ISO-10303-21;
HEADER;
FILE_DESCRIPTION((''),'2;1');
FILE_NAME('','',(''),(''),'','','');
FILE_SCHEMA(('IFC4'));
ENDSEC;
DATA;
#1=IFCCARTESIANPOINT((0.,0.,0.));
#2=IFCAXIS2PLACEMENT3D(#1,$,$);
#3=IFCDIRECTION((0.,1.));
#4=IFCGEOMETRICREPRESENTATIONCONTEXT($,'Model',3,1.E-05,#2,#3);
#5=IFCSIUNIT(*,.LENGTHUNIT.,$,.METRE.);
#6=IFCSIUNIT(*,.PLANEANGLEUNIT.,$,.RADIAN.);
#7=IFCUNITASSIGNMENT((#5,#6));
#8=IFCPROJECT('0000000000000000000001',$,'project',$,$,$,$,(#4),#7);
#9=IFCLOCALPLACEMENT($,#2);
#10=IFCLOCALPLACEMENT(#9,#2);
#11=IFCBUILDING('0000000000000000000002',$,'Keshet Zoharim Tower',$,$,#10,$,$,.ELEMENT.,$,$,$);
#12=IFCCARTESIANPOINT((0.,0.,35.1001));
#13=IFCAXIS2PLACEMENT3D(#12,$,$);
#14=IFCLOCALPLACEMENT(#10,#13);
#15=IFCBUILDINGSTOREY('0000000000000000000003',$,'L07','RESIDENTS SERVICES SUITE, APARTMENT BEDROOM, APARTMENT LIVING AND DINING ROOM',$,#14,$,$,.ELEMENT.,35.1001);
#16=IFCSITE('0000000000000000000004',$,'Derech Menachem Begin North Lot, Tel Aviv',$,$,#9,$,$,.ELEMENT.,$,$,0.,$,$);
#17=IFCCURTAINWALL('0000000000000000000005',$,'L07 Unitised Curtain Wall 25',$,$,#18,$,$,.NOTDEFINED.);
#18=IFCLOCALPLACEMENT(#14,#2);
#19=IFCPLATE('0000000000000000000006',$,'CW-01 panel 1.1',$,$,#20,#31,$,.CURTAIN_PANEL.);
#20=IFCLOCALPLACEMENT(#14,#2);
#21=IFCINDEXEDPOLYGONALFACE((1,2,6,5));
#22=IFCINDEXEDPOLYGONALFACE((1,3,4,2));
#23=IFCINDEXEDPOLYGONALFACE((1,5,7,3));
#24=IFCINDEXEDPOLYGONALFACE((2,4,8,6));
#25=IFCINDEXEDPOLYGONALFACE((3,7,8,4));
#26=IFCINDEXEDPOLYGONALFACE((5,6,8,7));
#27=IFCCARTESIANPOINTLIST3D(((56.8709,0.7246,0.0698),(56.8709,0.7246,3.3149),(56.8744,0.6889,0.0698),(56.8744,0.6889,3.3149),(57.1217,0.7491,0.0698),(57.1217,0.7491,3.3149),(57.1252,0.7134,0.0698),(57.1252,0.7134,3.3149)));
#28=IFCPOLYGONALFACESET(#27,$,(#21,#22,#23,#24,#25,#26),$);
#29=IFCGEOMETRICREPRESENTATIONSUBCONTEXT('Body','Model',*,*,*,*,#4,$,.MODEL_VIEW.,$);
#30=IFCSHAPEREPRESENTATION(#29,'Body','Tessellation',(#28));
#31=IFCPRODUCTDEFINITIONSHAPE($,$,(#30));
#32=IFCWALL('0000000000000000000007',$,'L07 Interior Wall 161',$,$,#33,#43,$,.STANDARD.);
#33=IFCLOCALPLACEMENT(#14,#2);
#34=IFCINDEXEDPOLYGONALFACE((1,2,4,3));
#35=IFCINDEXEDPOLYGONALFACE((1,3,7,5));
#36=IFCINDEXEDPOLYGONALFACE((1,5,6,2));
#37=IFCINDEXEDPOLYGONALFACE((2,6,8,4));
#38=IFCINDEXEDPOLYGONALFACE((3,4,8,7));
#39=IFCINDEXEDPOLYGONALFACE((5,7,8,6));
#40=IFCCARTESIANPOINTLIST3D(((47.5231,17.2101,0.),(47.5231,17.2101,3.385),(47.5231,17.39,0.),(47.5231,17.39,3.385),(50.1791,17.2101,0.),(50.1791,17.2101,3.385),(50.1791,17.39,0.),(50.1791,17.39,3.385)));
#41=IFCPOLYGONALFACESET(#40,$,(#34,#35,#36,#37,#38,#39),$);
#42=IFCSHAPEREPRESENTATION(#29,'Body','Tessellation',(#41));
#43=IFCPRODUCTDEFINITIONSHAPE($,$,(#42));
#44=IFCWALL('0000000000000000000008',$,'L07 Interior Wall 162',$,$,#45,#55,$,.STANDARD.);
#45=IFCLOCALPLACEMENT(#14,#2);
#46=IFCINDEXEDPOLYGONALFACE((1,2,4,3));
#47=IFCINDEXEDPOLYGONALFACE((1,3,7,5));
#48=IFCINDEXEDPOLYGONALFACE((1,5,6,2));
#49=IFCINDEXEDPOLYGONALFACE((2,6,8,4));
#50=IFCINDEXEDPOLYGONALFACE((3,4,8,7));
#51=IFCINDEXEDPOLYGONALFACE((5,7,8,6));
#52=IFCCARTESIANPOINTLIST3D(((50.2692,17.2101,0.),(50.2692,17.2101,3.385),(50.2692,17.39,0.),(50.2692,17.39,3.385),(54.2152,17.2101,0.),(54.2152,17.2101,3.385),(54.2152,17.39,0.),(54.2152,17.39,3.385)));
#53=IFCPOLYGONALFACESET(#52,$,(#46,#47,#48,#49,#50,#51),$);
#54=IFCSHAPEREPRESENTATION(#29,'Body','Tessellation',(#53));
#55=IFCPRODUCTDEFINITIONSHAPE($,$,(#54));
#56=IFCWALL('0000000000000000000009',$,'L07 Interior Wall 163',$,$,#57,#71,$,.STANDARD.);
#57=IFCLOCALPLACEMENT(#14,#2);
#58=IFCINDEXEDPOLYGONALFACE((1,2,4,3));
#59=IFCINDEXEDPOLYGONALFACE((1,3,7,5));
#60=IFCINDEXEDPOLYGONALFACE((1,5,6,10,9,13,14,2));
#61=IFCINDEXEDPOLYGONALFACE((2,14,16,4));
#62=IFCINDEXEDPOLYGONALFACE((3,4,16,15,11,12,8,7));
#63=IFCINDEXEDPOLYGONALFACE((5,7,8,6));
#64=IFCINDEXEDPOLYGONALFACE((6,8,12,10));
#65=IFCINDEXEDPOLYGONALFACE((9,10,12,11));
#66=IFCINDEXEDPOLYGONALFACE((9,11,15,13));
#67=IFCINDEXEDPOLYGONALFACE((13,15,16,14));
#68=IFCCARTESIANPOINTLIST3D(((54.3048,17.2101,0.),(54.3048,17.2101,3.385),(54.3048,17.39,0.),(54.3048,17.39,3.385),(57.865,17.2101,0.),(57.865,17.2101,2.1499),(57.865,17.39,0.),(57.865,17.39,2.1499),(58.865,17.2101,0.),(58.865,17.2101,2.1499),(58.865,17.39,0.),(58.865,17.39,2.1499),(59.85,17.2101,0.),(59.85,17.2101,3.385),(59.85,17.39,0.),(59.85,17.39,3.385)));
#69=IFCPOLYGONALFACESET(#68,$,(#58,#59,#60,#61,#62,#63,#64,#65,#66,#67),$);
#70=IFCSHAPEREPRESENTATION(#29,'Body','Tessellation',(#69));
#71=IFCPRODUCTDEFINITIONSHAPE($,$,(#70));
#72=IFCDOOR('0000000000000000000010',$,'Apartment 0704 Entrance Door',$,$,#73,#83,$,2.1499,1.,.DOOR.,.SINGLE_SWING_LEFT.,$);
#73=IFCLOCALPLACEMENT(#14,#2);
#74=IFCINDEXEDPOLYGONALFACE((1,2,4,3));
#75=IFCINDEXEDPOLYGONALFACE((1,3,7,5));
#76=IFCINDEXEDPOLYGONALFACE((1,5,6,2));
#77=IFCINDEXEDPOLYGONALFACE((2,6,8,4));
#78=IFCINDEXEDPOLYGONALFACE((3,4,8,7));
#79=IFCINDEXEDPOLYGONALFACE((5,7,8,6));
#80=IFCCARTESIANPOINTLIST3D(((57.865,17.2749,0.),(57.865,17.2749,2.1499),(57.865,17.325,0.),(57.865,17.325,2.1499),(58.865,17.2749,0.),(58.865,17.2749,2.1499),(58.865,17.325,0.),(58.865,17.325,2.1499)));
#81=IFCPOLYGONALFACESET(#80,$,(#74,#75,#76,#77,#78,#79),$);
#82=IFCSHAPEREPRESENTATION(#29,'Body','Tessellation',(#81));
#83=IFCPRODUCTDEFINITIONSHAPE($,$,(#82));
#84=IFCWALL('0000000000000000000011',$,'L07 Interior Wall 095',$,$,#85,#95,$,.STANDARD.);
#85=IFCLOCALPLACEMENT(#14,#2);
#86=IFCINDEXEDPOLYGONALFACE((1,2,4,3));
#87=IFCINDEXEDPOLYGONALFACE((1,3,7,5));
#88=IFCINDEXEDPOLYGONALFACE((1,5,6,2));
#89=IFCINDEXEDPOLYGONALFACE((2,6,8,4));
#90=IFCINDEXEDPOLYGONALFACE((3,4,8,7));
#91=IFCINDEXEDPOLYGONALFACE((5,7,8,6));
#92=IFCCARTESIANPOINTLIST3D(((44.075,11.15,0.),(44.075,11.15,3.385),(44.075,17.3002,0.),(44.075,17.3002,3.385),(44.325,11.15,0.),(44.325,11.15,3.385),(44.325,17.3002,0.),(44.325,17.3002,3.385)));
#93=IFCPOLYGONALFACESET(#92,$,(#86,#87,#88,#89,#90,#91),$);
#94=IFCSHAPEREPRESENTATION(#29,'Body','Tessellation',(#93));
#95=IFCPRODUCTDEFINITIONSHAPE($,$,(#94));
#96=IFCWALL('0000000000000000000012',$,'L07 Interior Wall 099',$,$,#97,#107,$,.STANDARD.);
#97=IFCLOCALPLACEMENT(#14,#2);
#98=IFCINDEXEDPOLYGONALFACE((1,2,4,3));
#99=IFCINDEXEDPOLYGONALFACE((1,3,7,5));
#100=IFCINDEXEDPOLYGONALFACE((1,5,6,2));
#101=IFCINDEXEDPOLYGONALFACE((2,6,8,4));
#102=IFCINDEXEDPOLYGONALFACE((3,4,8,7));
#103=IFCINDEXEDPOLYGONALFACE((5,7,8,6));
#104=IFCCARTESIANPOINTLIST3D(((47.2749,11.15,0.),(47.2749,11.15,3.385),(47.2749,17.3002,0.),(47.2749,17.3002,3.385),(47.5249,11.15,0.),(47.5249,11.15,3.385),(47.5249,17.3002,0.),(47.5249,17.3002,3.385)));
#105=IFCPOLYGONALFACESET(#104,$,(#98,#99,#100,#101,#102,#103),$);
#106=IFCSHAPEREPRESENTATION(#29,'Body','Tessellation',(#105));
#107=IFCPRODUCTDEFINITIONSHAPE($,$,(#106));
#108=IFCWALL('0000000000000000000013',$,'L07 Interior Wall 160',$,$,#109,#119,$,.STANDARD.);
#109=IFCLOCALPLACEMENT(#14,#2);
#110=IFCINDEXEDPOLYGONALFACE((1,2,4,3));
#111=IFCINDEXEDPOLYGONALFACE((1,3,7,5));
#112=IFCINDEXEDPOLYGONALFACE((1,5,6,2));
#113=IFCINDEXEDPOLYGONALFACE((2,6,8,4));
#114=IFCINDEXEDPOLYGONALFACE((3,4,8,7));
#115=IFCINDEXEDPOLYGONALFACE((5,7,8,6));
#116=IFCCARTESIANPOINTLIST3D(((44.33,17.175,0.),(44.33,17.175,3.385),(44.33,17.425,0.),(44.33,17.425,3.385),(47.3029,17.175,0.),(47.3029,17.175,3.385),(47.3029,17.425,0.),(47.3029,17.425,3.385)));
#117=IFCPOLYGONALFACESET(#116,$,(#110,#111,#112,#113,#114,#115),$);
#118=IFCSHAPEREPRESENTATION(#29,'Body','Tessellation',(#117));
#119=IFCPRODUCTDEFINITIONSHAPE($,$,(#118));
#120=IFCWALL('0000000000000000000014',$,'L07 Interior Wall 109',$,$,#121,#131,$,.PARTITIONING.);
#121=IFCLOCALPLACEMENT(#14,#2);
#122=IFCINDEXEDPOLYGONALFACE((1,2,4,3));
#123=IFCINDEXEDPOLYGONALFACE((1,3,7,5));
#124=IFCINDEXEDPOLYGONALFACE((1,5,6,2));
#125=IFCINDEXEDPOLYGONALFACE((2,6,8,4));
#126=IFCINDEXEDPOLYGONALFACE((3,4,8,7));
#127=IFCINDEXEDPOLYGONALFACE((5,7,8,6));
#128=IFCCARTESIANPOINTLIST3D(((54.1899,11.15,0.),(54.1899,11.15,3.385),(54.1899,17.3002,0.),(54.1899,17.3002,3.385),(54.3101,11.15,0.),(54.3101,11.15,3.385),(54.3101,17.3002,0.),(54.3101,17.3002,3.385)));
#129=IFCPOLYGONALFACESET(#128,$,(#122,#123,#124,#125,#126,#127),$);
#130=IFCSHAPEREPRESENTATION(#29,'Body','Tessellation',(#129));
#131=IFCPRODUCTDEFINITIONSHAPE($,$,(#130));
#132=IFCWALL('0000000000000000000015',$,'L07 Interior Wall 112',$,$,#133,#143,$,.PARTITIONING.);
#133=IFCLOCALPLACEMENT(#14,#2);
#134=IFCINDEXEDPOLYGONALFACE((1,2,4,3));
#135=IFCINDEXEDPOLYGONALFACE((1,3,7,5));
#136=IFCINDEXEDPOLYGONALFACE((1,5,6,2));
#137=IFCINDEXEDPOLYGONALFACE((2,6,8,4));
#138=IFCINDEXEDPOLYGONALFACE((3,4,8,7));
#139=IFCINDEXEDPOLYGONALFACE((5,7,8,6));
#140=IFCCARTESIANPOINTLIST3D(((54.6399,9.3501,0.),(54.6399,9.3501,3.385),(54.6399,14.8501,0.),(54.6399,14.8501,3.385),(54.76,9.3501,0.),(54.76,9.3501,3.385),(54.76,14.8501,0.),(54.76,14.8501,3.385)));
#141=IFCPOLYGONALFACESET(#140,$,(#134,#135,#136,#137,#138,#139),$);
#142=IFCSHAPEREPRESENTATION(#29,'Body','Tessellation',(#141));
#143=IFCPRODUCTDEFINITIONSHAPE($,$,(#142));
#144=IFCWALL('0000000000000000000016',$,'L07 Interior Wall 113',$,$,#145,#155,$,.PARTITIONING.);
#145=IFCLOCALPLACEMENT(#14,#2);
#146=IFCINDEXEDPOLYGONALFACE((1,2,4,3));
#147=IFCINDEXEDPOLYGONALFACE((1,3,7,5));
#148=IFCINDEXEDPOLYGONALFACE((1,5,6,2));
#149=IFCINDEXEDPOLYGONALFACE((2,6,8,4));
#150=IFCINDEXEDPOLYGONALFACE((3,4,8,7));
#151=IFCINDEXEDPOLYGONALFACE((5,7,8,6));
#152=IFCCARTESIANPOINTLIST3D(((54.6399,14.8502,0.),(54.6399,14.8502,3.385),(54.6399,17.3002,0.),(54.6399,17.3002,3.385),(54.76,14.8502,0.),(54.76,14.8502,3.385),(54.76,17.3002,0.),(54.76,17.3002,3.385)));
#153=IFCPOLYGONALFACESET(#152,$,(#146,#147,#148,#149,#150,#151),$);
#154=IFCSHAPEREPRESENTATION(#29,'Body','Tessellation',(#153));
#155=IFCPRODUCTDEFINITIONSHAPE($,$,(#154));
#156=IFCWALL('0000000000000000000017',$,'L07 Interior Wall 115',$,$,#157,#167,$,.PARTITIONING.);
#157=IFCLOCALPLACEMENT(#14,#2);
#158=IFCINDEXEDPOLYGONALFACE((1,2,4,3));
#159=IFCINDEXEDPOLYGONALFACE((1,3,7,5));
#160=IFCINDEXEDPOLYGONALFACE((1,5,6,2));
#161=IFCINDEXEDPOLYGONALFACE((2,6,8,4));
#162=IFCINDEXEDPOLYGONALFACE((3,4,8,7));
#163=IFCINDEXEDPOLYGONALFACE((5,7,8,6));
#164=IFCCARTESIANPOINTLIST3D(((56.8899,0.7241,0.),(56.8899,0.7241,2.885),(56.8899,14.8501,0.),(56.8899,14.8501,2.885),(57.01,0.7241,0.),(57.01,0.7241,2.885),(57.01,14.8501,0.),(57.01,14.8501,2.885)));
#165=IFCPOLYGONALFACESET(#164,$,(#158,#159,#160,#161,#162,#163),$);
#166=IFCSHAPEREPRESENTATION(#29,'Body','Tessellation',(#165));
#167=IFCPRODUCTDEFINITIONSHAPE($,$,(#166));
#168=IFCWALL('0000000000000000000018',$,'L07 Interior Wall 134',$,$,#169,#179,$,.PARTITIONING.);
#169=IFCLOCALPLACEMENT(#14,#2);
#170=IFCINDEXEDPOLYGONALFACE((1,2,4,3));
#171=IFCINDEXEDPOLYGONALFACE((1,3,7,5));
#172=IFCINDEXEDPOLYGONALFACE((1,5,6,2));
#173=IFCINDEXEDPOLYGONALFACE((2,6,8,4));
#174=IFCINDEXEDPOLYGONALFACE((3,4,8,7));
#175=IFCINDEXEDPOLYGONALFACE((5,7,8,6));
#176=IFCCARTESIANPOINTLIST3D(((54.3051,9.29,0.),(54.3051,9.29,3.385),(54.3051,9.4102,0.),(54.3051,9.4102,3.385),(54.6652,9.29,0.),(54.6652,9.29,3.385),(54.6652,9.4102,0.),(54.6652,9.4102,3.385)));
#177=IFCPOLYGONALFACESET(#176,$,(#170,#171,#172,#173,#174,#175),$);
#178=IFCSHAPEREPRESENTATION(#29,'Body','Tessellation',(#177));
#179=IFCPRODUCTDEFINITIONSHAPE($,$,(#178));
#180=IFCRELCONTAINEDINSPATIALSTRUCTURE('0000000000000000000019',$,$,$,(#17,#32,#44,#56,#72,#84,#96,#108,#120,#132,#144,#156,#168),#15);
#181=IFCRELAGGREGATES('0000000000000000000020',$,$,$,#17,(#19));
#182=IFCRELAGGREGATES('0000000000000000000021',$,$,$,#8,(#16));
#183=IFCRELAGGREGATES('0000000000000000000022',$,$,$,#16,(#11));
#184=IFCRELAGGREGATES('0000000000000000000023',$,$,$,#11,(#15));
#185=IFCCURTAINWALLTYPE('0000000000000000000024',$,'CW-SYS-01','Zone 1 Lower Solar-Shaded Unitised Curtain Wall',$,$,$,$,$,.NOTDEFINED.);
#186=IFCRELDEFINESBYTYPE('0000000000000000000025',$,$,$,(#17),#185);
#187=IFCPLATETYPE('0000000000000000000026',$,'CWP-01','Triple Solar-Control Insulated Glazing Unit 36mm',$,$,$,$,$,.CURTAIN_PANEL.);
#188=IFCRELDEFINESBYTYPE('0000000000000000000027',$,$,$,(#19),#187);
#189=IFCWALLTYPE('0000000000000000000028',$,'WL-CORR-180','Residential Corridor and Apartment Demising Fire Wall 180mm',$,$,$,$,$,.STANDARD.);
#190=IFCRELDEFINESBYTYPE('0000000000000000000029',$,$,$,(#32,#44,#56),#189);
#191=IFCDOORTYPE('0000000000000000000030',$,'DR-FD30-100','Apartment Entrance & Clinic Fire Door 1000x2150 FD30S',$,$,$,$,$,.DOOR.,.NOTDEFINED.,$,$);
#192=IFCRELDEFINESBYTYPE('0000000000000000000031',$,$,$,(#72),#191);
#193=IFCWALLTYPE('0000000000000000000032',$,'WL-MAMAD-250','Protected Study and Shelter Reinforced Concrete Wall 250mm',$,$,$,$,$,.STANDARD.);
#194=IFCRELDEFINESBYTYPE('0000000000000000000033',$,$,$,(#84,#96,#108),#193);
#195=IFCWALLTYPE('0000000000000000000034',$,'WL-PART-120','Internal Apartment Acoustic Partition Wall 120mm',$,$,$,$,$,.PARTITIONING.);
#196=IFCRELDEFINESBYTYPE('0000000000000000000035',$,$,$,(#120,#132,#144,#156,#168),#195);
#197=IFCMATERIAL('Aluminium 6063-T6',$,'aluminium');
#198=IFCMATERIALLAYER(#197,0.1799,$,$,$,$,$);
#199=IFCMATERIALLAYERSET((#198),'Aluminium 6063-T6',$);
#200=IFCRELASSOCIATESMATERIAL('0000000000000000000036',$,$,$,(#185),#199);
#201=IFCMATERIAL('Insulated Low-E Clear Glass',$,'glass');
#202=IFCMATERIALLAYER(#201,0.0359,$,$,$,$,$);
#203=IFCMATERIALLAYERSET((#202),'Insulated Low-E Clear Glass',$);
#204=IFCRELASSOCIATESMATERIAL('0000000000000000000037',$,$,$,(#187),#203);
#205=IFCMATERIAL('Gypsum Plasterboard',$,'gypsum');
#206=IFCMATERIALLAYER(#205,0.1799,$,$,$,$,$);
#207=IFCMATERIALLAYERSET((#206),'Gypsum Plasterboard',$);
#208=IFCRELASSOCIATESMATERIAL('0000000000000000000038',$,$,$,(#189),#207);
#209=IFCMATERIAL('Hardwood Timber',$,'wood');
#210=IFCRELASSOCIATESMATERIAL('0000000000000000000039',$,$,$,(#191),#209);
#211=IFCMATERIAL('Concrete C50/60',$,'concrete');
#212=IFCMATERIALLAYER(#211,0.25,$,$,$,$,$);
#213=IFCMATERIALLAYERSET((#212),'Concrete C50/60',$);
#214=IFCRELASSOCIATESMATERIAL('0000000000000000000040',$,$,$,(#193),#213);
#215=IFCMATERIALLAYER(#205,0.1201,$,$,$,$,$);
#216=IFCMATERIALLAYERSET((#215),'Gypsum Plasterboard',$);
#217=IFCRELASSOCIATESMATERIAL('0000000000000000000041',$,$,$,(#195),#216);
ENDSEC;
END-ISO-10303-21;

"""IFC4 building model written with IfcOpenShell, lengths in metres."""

from ifc_helpers import new_model, si_unit, direction, frame, frame_2d, origin, origin_2d, place, context, subcontext, project, spatial, rectangle, extrude, material, layer, layer_set, type_object, element, fill, aggregate, save


model = new_model("IFC4")

# Units and contexts
model_context = context("Model", 3, precision=1e-05, world=origin(), true_north=direction((0.0, 1.0)))
body_context = subcontext(model_context, "Body", "Model", "MODEL_VIEW")
ifc_project = project(units=[si_unit("LENGTHUNIT", "METRE"), si_unit("PLANEANGLEUNIT", "RADIAN")], contexts=[model_context])

# Site, building, storey
site_placement = place(None, origin())
site = spatial("IfcSite", under=ifc_project, at=site_placement, Name="Derech Menachem Begin North Lot, Tel Aviv", CompositionType="ELEMENT", RefElevation=0.0)
building_placement = place(site_placement, origin())
building = spatial("IfcBuilding", under=site, at=building_placement, Name="Keshet Zoharim Tower", CompositionType="ELEMENT")
storey_placement = place(building_placement, frame((0.0, 0.0, 35.1001)))
storey = spatial("IfcBuildingStorey", under=building, at=storey_placement, Name="L07", Description="RESIDENTS SERVICES SUITE, APARTMENT BEDROOM, APARTMENT LIVING AND DINING ROOM", CompositionType="ELEMENT", Elevation=35.1001)

# Curtain wall, plate
ifc_material_1 = material(Name="Aluminium 6063-T6", Category="aluminium")
ifc_layer_1 = layer(ifc_material_1, 0.1799)
ifc_layer_set_1 = layer_set([ifc_layer_1], Name="Aluminium 6063-T6")
curtain_wall_type = type_object("IfcCurtainWallType", Name="CW-SYS-01", Description="Zone 1 Lower Solar-Shaded Unitised Curtain Wall", PredefinedType="NOTDEFINED", material=ifc_layer_set_1)
curtain_wall_placement = place(storey_placement, origin())
curtain_wall = element("IfcCurtainWall", 1, at=curtain_wall_placement, inside=storey, type_object=curtain_wall_type, Name="L07 Unitised Curtain Wall 25", PredefinedType="NOTDEFINED")
ifc_material_2 = material(Name="Insulated Low-E Clear Glass", Category="glass")
ifc_layer_2 = layer(ifc_material_2, 0.0359)
ifc_layer_set_2 = layer_set([ifc_layer_2], Name="Insulated Low-E Clear Glass")
plate_type = type_object("IfcPlateType", Name="CWP-01", Description="Triple Solar-Control Insulated Glazing Unit 36mm", PredefinedType="CURTAIN_PANEL", material=ifc_layer_set_2)
plate_placement = place(storey_placement, frame((56.998, 0.719, 0.0698), z_axis=(0.0, 0.0, 1.0), x_axis=(-0.995287, -0.096977, 0.0)))
plate = element("IfcPlate", 2, at=plate_placement, type_object=plate_type, Name="CW-01 panel 1.1", PredefinedType="CURTAIN_PANEL", context=body_context, shape_type="SweptSolid", body=[
    extrude(rectangle(XDim=0.252, YDim=0.0359, at=origin_2d()), origin(), (0.0, 0.0, 1.0), 3.2451),
])
aggregate(curtain_wall, [plate])

# Walls
ifc_material_3 = material(Name="Gypsum Plasterboard", Category="gypsum")
ifc_layer_3 = layer(ifc_material_3, 0.1799)
ifc_layer_set_3 = layer_set([ifc_layer_3], Name="Gypsum Plasterboard")
wall_type_1 = type_object("IfcWallType", Name="WL-CORR-180", Description="Residential Corridor and Apartment Demising Fire Wall 180mm", PredefinedType="STANDARD", material=ifc_layer_set_3)
wall_1_placement = place(storey_placement, frame((47.5229, 17.3, 0.0), z_axis=(0.0, 0.0, 1.0), x_axis=(1.0, 0.0, 0.0)))
element("IfcWall", 3, at=wall_1_placement, inside=storey, type_object=wall_type_1, Name="L07 Interior Wall 161", PredefinedType="STANDARD", context=body_context, shape_type="SweptSolid", body=[
    extrude(rectangle(XDim=2.656, YDim=0.1799, at=frame_2d((1.3281, 0.0))), origin(), (0.0, 0.0, 1.0), 3.385),
])
wall_2_placement = place(storey_placement, frame((50.269, 17.3, 0.0), z_axis=(0.0, 0.0, 1.0), x_axis=(1.0, 0.0, 0.0)))
element("IfcWall", 4, at=wall_2_placement, inside=storey, type_object=wall_type_1, Name="L07 Interior Wall 162", PredefinedType="STANDARD", context=body_context, shape_type="SweptSolid", body=[
    extrude(rectangle(XDim=3.946, YDim=0.1799, at=frame_2d((1.9731, 0.0))), origin(), (0.0, 0.0, 1.0), 3.385),
])

# Wall, opening, door
wall_3_placement = place(storey_placement, frame((54.3049, 17.3, 0.0), z_axis=(0.0, 0.0, 1.0), x_axis=(1.0, 0.0, 0.0)))
wall_3 = element("IfcWall", 5, at=wall_3_placement, inside=storey, type_object=wall_type_1, Name="L07 Interior Wall 163", PredefinedType="STANDARD", context=body_context, shape_type="SweptSolid", body=[
    extrude(rectangle(XDim=5.5452, YDim=0.1799, at=frame_2d((2.7725, 0.0))), origin(), (0.0, 0.0, 1.0), 3.385),
])
opening_1_placement = place(wall_3_placement, frame((3.5601, 0.0, 0.0)))
opening_1 = element("IfcOpeningElement", 6, at=opening_1_placement, cuts=wall_3, PredefinedType="OPENING", context=body_context, shape_type="SweptSolid", body=[
    extrude(rectangle(XDim=1.0, YDim=2.1499, at=frame_2d((0.5, 1.075))), frame((0.0, 0.1001, 0.0), z_axis=(0.0, -1.0, 0.0), x_axis=(1.0, 0.0, 0.0)), (0.0, 0.0, 1.0), 0.2),
])
ifc_material_4 = material(Name="Hardwood Timber", Category="wood")
door_type_1 = type_object("IfcDoorType", Name="DR-FD30-100", Description="Apartment Entrance & Clinic Fire Door 1000x2150 FD30S", OperationType="NOTDEFINED", PredefinedType="DOOR", material=ifc_material_4)
door_1_placement = place(opening_1_placement, origin())
door_1 = element("IfcDoor", 7, at=door_1_placement, inside=storey, type_object=door_type_1, Name="Apartment 0704 Entrance Door", OperationType="SINGLE_SWING_LEFT", OverallHeight=2.1499, OverallWidth=1.0, PredefinedType="DOOR", context=body_context, shape_type="SweptSolid", body=[
    extrude(rectangle(XDim=1.0, YDim=2.1499, at=frame_2d((0.5, 1.075))), frame((0.0, 0.0249, 0.0), z_axis=(0.0, -1.0, 0.0), x_axis=(1.0, 0.0, 0.0)), (0.0, 0.0, 1.0), 0.05),
])
fill(opening_1, door_1)

# Walls
ifc_material_5 = material(Name="Concrete C50/60", Category="concrete")
ifc_layer_4 = layer(ifc_material_5, 0.25)
ifc_layer_set_4 = layer_set([ifc_layer_4], Name="Concrete C50/60")
wall_type_2 = type_object("IfcWallType", Name="WL-MAMAD-250", Description="Protected Study and Shelter Reinforced Concrete Wall 250mm", PredefinedType="STANDARD", material=ifc_layer_set_4)
for number, where, z_axis, x_axis, name in (
    (8, (44.2, 11.1499, 0.0), (0.0, 0.0, 1.0), (0.0, 1.0, 0.0), "L07 Interior Wall 095"),
    (9, (47.3999, 11.1499, 0.0), (0.0, 0.0, 1.0), (0.0, 1.0, 0.0), "L07 Interior Wall 099"),
):
    element("IfcWall", number, at=place(storey_placement, frame(where, z_axis=z_axis, x_axis=x_axis)), inside=storey, type_object=wall_type_2, Name=name, PredefinedType="STANDARD", context=body_context, shape_type="SweptSolid", body=[
        extrude(rectangle(XDim=6.1501, YDim=0.25, at=frame_2d((3.0752, 0.0))), origin(), (0.0, 0.0, 1.0), 3.385),
    ])

# Walls
wall_4_placement = place(storey_placement, frame((44.3301, 17.3, 0.0), z_axis=(0.0, 0.0, 1.0), x_axis=(1.0, 0.0, 0.0)))
element("IfcWall", 10, at=wall_4_placement, inside=storey, type_object=wall_type_2, Name="L07 Interior Wall 160", PredefinedType="STANDARD", context=body_context, shape_type="SweptSolid", body=[
    extrude(rectangle(XDim=2.9729, YDim=0.25, at=frame_2d((1.4863, 0.0))), origin(), (0.0, 0.0, 1.0), 3.385),
])
ifc_layer_5 = layer(ifc_material_3, 0.1201)
ifc_layer_set_5 = layer_set([ifc_layer_5], Name="Gypsum Plasterboard")
wall_type_3 = type_object("IfcWallType", Name="WL-PART-120", Description="Internal Apartment Acoustic Partition Wall 120mm", PredefinedType="PARTITIONING", material=ifc_layer_set_5)
wall_5_placement = place(storey_placement, frame((54.25, 11.1499, 0.0), z_axis=(0.0, 0.0, 1.0), x_axis=(0.0, 1.0, 0.0)))
element("IfcWall", 11, at=wall_5_placement, inside=storey, type_object=wall_type_3, Name="L07 Interior Wall 109", PredefinedType="PARTITIONING", context=body_context, shape_type="SweptSolid", body=[
    extrude(rectangle(XDim=6.1501, YDim=0.1201, at=frame_2d((3.0752, 0.0))), origin(), (0.0, 0.0, 1.0), 3.385),
])
wall_6_placement = place(storey_placement, frame((54.7, 9.3501, 0.0), z_axis=(0.0, 0.0, 1.0), x_axis=(0.0, 1.0, 0.0)))
element("IfcWall", 12, at=wall_6_placement, inside=storey, type_object=wall_type_3, Name="L07 Interior Wall 112", PredefinedType="PARTITIONING", context=body_context, shape_type="SweptSolid", body=[
    extrude(rectangle(XDim=5.5, YDim=0.1201, at=frame_2d((2.75, 0.0))), origin(), (0.0, 0.0, 1.0), 3.385),
])
wall_7_placement = place(storey_placement, frame((54.7, 14.8501, 0.0), z_axis=(0.0, 0.0, 1.0), x_axis=(0.0, 1.0, 0.0)))
element("IfcWall", 13, at=wall_7_placement, inside=storey, type_object=wall_type_3, Name="L07 Interior Wall 113", PredefinedType="PARTITIONING", context=body_context, shape_type="SweptSolid", body=[
    extrude(rectangle(XDim=2.45, YDim=0.1201, at=frame_2d((1.2251, 0.0))), origin(), (0.0, 0.0, 1.0), 3.385),
])
wall_8_placement = place(storey_placement, frame((56.95, 0.7241, 0.0), z_axis=(0.0, 0.0, 1.0), x_axis=(0.0, 1.0, 0.0)))
element("IfcWall", 14, at=wall_8_placement, inside=storey, type_object=wall_type_3, Name="L07 Interior Wall 115", PredefinedType="PARTITIONING", context=body_context, shape_type="SweptSolid", body=[
    extrude(rectangle(XDim=14.126, YDim=0.1201, at=frame_2d((7.063, 0.0))), origin(), (0.0, 0.0, 1.0), 2.885),
])

# Wall
wall_9_placement = place(storey_placement, frame((54.3049, 9.3501, 0.0), z_axis=(0.0, 0.0, 1.0), x_axis=(1.0, 0.0, 0.0)))
element("IfcWall", 15, at=wall_9_placement, inside=storey, type_object=wall_type_3, Name="L07 Interior Wall 134", PredefinedType="PARTITIONING", context=body_context, shape_type="SweptSolid", body=[
    extrude(rectangle(XDim=0.3601, YDim=0.1201, at=frame_2d((0.1802, 0.0))), origin(), (0.0, 0.0, 1.0), 3.385),
])

save(model, "model.ifc")
